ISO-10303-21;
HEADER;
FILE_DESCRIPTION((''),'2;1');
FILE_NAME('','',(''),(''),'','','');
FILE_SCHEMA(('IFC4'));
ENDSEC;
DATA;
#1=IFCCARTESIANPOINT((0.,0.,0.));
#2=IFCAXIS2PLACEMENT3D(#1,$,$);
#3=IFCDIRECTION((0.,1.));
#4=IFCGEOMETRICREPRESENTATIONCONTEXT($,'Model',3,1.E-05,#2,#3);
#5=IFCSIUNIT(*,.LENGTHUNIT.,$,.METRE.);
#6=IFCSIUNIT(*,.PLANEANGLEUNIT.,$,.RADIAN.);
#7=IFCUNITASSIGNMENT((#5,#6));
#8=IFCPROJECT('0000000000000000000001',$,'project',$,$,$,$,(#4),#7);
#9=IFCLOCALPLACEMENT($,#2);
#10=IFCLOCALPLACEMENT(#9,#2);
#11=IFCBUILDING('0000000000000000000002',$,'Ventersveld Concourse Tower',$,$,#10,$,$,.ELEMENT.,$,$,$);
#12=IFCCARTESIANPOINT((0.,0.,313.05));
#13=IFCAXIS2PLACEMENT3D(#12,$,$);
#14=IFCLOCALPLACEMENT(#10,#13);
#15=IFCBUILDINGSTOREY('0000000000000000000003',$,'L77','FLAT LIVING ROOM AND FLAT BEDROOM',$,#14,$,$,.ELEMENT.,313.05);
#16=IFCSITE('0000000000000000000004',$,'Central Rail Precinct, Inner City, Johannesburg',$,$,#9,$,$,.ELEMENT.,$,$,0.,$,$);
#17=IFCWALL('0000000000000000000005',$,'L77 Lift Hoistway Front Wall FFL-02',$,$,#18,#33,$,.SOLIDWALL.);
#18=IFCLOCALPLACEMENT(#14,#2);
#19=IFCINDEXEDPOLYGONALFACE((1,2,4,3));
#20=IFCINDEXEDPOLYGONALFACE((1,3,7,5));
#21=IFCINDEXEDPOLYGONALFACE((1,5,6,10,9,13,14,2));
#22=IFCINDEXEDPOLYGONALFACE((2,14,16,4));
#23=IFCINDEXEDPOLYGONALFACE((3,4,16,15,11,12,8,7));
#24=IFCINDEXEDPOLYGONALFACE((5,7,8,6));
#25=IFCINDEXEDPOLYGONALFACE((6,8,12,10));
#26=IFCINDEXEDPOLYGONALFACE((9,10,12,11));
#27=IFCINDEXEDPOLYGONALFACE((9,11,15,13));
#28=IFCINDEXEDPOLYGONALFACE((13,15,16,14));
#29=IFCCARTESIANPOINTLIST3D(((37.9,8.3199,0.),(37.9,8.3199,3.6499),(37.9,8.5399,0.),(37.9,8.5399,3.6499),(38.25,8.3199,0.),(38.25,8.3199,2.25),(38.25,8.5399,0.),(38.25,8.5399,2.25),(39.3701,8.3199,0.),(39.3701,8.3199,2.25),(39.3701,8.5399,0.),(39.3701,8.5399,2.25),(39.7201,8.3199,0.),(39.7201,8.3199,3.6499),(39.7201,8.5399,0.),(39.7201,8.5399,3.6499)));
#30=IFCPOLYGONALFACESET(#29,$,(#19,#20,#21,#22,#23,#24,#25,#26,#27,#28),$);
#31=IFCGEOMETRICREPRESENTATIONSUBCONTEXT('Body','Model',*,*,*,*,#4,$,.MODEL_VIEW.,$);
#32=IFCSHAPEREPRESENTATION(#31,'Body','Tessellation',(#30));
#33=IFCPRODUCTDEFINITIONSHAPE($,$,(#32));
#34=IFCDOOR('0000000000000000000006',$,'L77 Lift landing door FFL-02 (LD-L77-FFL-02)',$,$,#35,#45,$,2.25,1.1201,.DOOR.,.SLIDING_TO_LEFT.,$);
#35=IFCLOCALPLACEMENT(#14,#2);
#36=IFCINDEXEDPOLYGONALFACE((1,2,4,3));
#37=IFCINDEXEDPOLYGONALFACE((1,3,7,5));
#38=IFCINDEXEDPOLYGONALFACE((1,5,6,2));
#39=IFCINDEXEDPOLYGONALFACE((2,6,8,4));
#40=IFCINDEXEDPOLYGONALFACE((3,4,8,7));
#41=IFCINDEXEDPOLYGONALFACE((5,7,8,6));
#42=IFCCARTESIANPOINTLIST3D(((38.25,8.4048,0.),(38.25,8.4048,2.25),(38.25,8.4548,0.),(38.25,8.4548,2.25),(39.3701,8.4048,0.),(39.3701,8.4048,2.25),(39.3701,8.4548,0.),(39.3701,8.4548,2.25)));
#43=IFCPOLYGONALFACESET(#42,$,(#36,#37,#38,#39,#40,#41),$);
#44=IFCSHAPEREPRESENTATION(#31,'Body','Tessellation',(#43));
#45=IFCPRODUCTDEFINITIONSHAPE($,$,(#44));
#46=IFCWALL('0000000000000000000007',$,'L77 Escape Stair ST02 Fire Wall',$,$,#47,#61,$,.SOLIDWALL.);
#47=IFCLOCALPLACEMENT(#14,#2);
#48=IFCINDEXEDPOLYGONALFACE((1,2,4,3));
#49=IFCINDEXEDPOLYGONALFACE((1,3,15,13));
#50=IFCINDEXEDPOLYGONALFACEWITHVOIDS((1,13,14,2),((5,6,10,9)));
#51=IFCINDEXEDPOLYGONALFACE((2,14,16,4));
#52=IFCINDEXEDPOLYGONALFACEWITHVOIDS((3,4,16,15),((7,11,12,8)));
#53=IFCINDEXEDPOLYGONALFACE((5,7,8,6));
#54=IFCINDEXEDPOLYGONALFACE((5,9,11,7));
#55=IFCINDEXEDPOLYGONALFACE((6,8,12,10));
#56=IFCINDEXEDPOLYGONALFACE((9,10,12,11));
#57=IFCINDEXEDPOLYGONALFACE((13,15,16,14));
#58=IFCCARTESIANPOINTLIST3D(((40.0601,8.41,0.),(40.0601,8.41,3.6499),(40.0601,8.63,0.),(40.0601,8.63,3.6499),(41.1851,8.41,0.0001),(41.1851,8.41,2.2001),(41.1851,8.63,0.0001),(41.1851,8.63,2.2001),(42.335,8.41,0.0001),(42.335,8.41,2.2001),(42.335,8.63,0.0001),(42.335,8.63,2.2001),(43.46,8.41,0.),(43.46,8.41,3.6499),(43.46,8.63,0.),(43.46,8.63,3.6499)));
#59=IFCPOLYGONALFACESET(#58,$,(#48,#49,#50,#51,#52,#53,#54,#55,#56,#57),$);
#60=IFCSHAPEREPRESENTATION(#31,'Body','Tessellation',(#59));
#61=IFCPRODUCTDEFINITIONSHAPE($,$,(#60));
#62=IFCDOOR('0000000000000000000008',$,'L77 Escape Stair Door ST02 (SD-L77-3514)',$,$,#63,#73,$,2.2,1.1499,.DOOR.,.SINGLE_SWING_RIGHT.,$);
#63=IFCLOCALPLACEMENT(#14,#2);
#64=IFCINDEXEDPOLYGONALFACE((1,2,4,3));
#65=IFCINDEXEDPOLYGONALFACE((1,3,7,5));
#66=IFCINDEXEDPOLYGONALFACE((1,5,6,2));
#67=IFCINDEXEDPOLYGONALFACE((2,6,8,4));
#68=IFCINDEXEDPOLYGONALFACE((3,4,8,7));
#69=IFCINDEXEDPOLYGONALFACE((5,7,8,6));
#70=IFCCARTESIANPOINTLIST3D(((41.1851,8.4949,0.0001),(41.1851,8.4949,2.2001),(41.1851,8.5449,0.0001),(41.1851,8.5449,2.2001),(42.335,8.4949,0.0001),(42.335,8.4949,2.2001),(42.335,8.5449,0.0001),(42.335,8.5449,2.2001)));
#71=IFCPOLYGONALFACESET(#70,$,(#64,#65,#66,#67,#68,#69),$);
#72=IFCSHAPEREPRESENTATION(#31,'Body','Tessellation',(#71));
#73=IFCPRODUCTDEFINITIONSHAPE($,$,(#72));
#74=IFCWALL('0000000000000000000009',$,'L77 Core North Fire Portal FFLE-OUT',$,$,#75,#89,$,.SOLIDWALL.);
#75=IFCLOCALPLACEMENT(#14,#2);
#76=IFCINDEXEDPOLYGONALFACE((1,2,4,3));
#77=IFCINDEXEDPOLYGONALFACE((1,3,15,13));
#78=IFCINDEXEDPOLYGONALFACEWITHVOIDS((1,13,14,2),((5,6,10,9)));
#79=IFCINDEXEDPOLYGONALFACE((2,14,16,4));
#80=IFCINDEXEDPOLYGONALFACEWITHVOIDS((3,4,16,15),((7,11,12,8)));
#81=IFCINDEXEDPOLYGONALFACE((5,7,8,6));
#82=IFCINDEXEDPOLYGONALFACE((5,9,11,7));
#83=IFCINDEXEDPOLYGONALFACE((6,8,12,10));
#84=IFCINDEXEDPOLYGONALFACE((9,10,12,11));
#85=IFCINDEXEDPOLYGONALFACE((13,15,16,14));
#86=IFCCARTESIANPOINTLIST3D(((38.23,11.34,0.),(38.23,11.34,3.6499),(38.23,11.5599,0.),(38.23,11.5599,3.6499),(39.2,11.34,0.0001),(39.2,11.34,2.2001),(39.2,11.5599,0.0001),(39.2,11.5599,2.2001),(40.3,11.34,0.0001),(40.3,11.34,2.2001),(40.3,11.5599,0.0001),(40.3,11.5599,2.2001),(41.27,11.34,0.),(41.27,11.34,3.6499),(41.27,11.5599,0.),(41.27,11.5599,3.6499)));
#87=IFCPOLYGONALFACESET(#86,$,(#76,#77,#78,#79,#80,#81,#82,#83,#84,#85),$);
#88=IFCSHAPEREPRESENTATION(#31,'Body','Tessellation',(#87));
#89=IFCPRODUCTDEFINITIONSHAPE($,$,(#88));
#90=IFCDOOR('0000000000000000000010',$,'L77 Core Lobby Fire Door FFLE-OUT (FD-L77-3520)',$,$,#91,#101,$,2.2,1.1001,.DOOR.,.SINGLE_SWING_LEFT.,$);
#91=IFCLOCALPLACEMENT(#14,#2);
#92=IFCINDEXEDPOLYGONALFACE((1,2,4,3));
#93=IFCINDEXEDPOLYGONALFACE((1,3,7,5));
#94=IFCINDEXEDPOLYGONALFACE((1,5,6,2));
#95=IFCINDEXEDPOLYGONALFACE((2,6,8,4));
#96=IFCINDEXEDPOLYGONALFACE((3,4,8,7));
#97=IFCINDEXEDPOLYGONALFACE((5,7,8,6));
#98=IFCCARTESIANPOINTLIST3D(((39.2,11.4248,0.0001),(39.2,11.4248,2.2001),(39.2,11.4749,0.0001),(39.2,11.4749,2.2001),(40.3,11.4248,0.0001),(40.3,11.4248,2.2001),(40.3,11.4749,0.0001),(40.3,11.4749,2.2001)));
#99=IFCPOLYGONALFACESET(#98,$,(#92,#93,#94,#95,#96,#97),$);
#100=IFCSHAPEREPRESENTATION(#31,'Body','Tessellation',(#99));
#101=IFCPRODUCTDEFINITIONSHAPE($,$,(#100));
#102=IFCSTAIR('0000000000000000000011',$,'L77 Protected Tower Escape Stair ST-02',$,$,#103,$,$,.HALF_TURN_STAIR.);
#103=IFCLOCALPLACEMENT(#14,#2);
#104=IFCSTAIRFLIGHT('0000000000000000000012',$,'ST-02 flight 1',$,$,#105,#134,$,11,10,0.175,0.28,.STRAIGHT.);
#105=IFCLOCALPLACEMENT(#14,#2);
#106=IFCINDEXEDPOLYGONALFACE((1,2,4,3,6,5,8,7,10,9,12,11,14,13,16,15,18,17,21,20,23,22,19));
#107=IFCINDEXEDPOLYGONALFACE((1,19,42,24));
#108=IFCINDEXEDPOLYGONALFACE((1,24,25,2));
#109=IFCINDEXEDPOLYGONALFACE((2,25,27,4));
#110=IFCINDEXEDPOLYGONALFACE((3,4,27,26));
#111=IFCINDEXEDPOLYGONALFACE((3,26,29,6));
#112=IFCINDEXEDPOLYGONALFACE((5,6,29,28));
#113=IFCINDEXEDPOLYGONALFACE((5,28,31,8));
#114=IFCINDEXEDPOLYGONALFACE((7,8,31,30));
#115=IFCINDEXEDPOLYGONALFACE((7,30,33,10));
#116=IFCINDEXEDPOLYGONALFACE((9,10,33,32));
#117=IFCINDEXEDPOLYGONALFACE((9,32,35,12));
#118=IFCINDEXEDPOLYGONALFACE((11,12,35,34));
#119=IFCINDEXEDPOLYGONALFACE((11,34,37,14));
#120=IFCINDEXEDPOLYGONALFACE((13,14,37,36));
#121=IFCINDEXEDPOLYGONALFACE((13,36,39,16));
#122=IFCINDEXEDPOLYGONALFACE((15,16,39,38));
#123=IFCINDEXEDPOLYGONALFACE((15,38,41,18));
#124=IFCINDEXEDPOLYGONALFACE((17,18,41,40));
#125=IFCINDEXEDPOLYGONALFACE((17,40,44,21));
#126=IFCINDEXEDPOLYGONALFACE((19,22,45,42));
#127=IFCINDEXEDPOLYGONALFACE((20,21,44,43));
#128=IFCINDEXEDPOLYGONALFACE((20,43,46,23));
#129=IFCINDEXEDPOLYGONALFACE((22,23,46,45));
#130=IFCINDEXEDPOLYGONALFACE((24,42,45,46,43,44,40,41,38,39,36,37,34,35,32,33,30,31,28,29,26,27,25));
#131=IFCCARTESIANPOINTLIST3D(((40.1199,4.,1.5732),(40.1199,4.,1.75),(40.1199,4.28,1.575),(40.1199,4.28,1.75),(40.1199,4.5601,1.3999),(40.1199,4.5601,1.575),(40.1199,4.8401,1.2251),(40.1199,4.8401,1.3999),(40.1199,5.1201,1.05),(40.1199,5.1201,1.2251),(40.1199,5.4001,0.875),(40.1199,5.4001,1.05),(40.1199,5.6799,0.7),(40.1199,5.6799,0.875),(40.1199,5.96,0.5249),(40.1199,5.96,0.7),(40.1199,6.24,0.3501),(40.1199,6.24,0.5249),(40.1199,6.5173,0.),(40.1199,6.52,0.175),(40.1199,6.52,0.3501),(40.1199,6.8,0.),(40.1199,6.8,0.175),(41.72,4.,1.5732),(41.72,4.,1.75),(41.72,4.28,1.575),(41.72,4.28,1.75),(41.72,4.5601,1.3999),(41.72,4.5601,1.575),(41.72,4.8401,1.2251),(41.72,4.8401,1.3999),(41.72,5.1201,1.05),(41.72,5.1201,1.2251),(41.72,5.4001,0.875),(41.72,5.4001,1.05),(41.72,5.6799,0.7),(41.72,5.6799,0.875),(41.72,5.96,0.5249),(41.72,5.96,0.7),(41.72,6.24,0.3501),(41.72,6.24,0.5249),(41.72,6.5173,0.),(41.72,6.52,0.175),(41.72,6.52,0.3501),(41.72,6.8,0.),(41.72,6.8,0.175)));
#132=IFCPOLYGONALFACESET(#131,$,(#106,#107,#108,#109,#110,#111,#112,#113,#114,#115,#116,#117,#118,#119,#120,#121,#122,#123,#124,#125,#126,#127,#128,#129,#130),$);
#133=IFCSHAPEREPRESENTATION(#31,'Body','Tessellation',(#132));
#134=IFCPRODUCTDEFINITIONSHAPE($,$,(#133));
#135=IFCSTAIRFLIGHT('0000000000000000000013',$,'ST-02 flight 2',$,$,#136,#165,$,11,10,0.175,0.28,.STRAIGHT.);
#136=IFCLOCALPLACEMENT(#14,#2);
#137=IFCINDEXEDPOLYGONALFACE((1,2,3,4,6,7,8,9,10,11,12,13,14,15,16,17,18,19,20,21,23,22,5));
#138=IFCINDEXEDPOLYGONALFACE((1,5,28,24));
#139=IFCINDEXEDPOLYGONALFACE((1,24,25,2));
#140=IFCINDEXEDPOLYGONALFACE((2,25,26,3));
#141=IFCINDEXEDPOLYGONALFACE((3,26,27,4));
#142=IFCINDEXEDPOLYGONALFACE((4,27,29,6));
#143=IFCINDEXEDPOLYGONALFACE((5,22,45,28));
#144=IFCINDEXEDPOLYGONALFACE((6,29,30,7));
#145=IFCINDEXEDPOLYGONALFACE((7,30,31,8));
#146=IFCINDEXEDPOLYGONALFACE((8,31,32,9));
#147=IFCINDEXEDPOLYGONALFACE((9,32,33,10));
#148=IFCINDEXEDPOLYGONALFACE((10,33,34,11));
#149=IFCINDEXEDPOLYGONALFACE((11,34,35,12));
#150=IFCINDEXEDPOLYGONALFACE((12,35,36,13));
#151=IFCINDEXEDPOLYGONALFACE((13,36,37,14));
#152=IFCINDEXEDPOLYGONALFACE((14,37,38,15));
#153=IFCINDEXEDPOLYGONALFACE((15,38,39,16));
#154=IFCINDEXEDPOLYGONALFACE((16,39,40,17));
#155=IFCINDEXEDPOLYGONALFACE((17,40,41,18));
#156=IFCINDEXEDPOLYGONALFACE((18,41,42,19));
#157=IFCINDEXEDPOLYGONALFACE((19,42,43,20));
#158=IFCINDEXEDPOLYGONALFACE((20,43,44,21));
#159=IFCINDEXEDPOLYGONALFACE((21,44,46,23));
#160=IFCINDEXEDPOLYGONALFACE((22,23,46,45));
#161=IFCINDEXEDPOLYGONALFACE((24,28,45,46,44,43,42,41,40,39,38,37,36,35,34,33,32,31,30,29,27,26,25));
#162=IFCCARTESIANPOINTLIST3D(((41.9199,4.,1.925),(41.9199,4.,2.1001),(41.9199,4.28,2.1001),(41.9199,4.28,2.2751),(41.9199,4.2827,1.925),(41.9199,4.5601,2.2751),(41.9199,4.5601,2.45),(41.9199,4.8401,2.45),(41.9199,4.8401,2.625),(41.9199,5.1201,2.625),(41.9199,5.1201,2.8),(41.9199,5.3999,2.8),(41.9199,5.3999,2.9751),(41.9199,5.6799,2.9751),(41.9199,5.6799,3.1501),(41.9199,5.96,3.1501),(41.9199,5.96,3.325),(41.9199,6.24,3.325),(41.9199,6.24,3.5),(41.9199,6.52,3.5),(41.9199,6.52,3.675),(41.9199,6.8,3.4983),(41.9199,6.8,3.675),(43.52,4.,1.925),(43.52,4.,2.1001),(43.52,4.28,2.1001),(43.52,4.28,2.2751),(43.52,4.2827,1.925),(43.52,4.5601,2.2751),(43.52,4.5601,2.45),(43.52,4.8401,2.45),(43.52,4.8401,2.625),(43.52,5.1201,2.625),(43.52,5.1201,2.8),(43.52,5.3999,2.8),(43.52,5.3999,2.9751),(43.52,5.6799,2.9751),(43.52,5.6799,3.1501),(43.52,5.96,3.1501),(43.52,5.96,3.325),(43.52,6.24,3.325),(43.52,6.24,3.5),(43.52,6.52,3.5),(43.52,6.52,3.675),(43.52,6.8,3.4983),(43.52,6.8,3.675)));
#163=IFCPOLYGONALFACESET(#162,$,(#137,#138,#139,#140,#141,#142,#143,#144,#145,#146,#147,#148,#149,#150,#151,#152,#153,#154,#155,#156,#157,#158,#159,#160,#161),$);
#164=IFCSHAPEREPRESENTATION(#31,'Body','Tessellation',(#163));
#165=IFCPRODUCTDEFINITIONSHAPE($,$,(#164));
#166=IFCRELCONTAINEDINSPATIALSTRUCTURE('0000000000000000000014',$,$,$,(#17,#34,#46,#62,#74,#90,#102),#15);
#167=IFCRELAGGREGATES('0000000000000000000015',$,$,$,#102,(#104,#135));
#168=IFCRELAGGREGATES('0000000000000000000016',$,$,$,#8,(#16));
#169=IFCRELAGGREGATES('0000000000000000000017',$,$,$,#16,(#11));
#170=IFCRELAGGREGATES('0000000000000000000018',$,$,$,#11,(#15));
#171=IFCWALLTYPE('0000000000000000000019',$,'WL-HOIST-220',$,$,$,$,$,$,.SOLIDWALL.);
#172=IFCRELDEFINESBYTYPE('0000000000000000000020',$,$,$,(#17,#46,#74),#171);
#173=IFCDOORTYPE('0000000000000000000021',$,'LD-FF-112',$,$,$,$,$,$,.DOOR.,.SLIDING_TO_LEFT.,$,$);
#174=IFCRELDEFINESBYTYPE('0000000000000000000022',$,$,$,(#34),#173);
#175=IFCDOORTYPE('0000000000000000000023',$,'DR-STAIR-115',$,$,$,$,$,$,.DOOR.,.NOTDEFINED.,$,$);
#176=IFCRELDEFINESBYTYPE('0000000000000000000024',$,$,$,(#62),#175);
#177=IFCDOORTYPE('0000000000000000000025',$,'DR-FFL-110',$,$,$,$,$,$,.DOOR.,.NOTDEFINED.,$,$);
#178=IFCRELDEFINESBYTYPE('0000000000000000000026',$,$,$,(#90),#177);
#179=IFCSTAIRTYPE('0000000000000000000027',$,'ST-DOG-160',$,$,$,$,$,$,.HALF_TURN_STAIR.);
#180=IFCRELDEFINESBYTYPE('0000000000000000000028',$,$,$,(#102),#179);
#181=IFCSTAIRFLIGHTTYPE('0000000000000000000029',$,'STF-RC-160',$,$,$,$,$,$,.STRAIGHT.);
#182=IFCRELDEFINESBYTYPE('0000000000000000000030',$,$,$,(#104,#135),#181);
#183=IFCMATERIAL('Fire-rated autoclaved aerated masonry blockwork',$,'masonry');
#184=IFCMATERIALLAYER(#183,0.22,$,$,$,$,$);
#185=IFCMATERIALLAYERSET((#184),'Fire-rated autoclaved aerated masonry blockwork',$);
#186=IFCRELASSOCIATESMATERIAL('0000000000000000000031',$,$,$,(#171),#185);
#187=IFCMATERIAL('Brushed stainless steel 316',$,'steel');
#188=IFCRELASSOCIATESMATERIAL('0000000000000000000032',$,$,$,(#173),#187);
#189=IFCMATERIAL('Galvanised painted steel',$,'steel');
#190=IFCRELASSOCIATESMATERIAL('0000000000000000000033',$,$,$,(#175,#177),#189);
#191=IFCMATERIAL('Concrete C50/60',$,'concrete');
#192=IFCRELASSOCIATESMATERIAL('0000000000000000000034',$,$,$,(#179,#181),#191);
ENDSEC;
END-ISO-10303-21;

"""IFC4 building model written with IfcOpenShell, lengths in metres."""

from ifc_helpers import new_model, si_unit, direction, frame, frame_2d, origin, place, context, subcontext, project, spatial, polyline, rectangle, outline, extrude, material, layer, layer_set, type_object, element, fill, aggregate, save


model = new_model("IFC4")

# Units and contexts
model_context = context("Model", 3, precision=1e-05, world=origin(), true_north=direction((0.0, 1.0)))
body_context = subcontext(model_context, "Body", "Model", "MODEL_VIEW")
ifc_project = project(units=[si_unit("LENGTHUNIT", "METRE"), si_unit("PLANEANGLEUNIT", "RADIAN")], contexts=[model_context])

# Site, building, storey
site_placement = place(None, origin())
site = spatial("IfcSite", under=ifc_project, at=site_placement, Name="Central Rail Precinct, Inner City, Johannesburg", CompositionType="ELEMENT", RefElevation=0.0)
building_placement = place(site_placement, origin())
building = spatial("IfcBuilding", under=site, at=building_placement, Name="Ventersveld Concourse Tower", CompositionType="ELEMENT")
storey_placement = place(building_placement, frame((0.0, 0.0, 313.05)))
storey = spatial("IfcBuildingStorey", under=building, at=storey_placement, Name="L77", Description="FLAT LIVING ROOM AND FLAT BEDROOM", CompositionType="ELEMENT", Elevation=313.05)

# Shared definitions
ifc_material_1 = material(Name="Concrete C50/60", Category="concrete")

# Shared definitions
ifc_material_2 = material(Name="Fire-rated autoclaved aerated masonry blockwork", Category="masonry")
ifc_layer_1 = layer(ifc_material_2, 0.22)
ifc_layer_set_1 = layer_set([ifc_layer_1], Name="Fire-rated autoclaved aerated masonry blockwork")
wall_type_1 = type_object("IfcWallType", Name="WL-HOIST-220", PredefinedType="SOLIDWALL", material=ifc_layer_set_1)

# Walls, openings, doors
wall_1_placement = place(storey_placement, frame((37.8999, 8.4299, 0.0), z_axis=(0.0, 0.0, 1.0), x_axis=(1.0, 0.0, 0.0)))
wall_1 = element("IfcWall", 1, at=wall_1_placement, inside=storey, type_object=wall_type_1, Name="L77 Lift Hoistway Front Wall FFL-02", PredefinedType="SOLIDWALL", context=body_context, shape_type="SweptSolid", body=[
    extrude(rectangle(XDim=1.8201, YDim=0.22, at=frame_2d((0.9102, 0.0))), origin(), (0.0, 0.0, 1.0), 3.6499),
])
opening_1_placement = place(wall_1_placement, frame((0.3501, 0.0, 0.0)))
opening_1 = element("IfcOpeningElement", 2, at=opening_1_placement, cuts=wall_1, PredefinedType="OPENING", context=body_context, shape_type="SweptSolid", body=[
    extrude(rectangle(XDim=1.1201, YDim=2.25, at=frame_2d((0.5601, 1.125))), frame((0.0, 0.1201, 0.0), z_axis=(0.0, -1.0, 0.0), x_axis=(1.0, 0.0, 0.0)), (0.0, 0.0, 1.0), 0.24),
])
ifc_material_3 = material(Name="Brushed stainless steel 316", Category="steel")
door_type_1 = type_object("IfcDoorType", Name="LD-FF-112", OperationType="SLIDING_TO_LEFT", PredefinedType="DOOR", material=ifc_material_3)
door_1_placement = place(opening_1_placement, origin())
door_1 = element("IfcDoor", 3, at=door_1_placement, inside=storey, type_object=door_type_1, Name="L77 Lift landing door FFL-02 (LD-L77-FFL-02)", OperationType="SLIDING_TO_LEFT", OverallHeight=2.25, OverallWidth=1.1201, PredefinedType="DOOR", context=body_context, shape_type="SweptSolid", body=[
    extrude(rectangle(XDim=1.1201, YDim=2.25, at=frame_2d((0.5601, 1.125))), frame((0.0, 0.0249, 0.0), z_axis=(0.0, -1.0, 0.0), x_axis=(1.0, 0.0, 0.0)), (0.0, 0.0, 1.0), 0.05),
])
fill(opening_1, door_1)
wall_2_placement = place(storey_placement, frame((40.0601, 8.52, 0.0), z_axis=(0.0, 0.0, 1.0), x_axis=(1.0, 0.0, 0.0)))
wall_2 = element("IfcWall", 4, at=wall_2_placement, inside=storey, type_object=wall_type_1, Name="L77 Escape Stair ST02 Fire Wall", PredefinedType="SOLIDWALL", context=body_context, shape_type="SweptSolid", body=[
    extrude(rectangle(XDim=3.3999, YDim=0.22, at=frame_2d((1.7, 0.0))), origin(), (0.0, 0.0, 1.0), 3.6499),
])
opening_2_placement = place(wall_2_placement, frame((1.125, 0.0, 0.0)))
opening_2 = element("IfcOpeningElement", 5, at=opening_2_placement, cuts=wall_2, PredefinedType="OPENING", context=body_context, shape_type="SweptSolid", body=[
    extrude(rectangle(XDim=1.1499, YDim=2.2, at=frame_2d((0.575, 1.1001))), frame((0.0, 0.1201, 0.0), z_axis=(0.0, -1.0, 0.0), x_axis=(1.0, 0.0, 0.0)), (0.0, 0.0, 1.0), 0.24),
])
ifc_material_4 = material(Name="Galvanised painted steel", Category="steel")
door_type_2 = type_object("IfcDoorType", Name="DR-STAIR-115", OperationType="NOTDEFINED", PredefinedType="DOOR", material=ifc_material_4)
door_2_placement = place(opening_2_placement, origin())
door_2 = element("IfcDoor", 6, at=door_2_placement, inside=storey, type_object=door_type_2, Name="L77 Escape Stair Door ST02 (SD-L77-3514)", OperationType="SINGLE_SWING_RIGHT", OverallHeight=2.2, OverallWidth=1.1499, PredefinedType="DOOR", context=body_context, shape_type="SweptSolid", body=[
    extrude(rectangle(XDim=1.1499, YDim=2.2, at=frame_2d((0.575, 1.1001))), frame((0.0, 0.0249, 0.0), z_axis=(0.0, -1.0, 0.0), x_axis=(1.0, 0.0, 0.0)), (0.0, 0.0, 1.0), 0.05),
])
fill(opening_2, door_2)
wall_3_placement = place(storey_placement, frame((38.23, 11.45, 0.0), z_axis=(0.0, 0.0, 1.0), x_axis=(1.0, 0.0, 0.0)))
wall_3 = element("IfcWall", 7, at=wall_3_placement, inside=storey, type_object=wall_type_1, Name="L77 Core North Fire Portal FFLE-OUT", PredefinedType="SOLIDWALL", context=body_context, shape_type="SweptSolid", body=[
    extrude(rectangle(XDim=3.04, YDim=0.22, at=frame_2d((1.52, 0.0))), origin(), (0.0, 0.0, 1.0), 3.6499),
])
opening_3_placement = place(wall_3_placement, frame((0.97, 0.0, 0.0)))
opening_3 = element("IfcOpeningElement", 8, at=opening_3_placement, cuts=wall_3, PredefinedType="OPENING", context=body_context, shape_type="SweptSolid", body=[
    extrude(rectangle(XDim=1.1001, YDim=2.2, at=frame_2d((0.55, 1.1001))), frame((0.0, 0.1201, 0.0), z_axis=(0.0, -1.0, 0.0), x_axis=(1.0, 0.0, 0.0)), (0.0, 0.0, 1.0), 0.24),
])
door_type_3 = type_object("IfcDoorType", Name="DR-FFL-110", OperationType="NOTDEFINED", PredefinedType="DOOR", material=ifc_material_4)
door_3_placement = place(opening_3_placement, origin())
door_3 = element("IfcDoor", 9, at=door_3_placement, inside=storey, type_object=door_type_3, Name="L77 Core Lobby Fire Door FFLE-OUT (FD-L77-3520)", OperationType="SINGLE_SWING_LEFT", OverallHeight=2.2, OverallWidth=1.1001, PredefinedType="DOOR", context=body_context, shape_type="SweptSolid", body=[
    extrude(rectangle(XDim=1.1001, YDim=2.2, at=frame_2d((0.55, 1.1001))), frame((0.0, 0.0249, 0.0), z_axis=(0.0, -1.0, 0.0), x_axis=(1.0, 0.0, 0.0)), (0.0, 0.0, 1.0), 0.05),
])
fill(opening_3, door_3)

# Stair, stair flights
stair_type = type_object("IfcStairType", Name="ST-DOG-160", PredefinedType="HALF_TURN_STAIR", material=ifc_material_1)
stair_placement = place(storey_placement, origin())
stair = element("IfcStair", 10, at=stair_placement, inside=storey, type_object=stair_type, Name="L77 Protected Tower Escape Stair ST-02", PredefinedType="HALF_TURN_STAIR")
stair_flight_type = type_object("IfcStairFlightType", Name="STF-RC-160", PredefinedType="STRAIGHT", material=ifc_material_1)
stair_flight_1_placement = place(storey_placement, frame((40.9199, 6.8, 0.0), z_axis=(0.0, 0.0, 1.0), x_axis=(0.0, -1.0, 0.0)))
stair_flight_1 = element("IfcStairFlight", 11, at=stair_flight_1_placement, type_object=stair_flight_type, Name="ST-02 flight 1", NumberOfRisers=11, NumberOfTreads=10, PredefinedType="STRAIGHT", RiserHeight=0.175, TreadLength=0.28, context=body_context, shape_type="SweptSolid", body=[
    extrude(outline(polyline([(0.0, 0.0), (0.0, 0.175), (0.28, 0.175), (0.28, 0.3501), (0.5601, 0.3501), (0.5601, 0.5249), (0.8401, 0.5249), (0.8401, 0.7), (1.1201, 0.7), (1.1201, 0.875), (1.3999, 0.875), (1.3999, 1.05), (1.6799, 1.05), (1.6799, 1.2251), (1.96, 1.2251), (1.96, 1.3999), (2.24, 1.3999), (2.24, 1.575), (2.52, 1.575), (2.52, 1.75), (2.8, 1.75), (2.8, 1.925), (2.8, 1.5732), (0.2827, 0.0), (0.0, 0.0)])), frame((0.0, 0.8, 0.0), z_axis=(0.0, -1.0, 0.0), x_axis=(1.0, 0.0, 0.0)), (0.0, 0.0, 1.0), 1.6001),
])
stair_flight_2_placement = place(storey_placement, frame((42.72, 4.0, 1.925), z_axis=(0.0, 0.0, 1.0), x_axis=(0.0, 1.0, 0.0)))
stair_flight_2 = element("IfcStairFlight", 12, at=stair_flight_2_placement, type_object=stair_flight_type, Name="ST-02 flight 2", NumberOfRisers=11, NumberOfTreads=10, PredefinedType="STRAIGHT", RiserHeight=0.175, TreadLength=0.28, context=body_context, shape_type="SweptSolid", body=[
    extrude(outline(polyline([(0.0, 0.0), (0.0, 0.175), (0.28, 0.175), (0.28, 0.3501), (0.5601, 0.3501), (0.5601, 0.5249), (0.8401, 0.5249), (0.8401, 0.7), (1.1201, 0.7), (1.1201, 0.875), (1.3999, 0.875), (1.3999, 1.05), (1.6799, 1.05), (1.6799, 1.2251), (1.96, 1.2251), (1.96, 1.3999), (2.24, 1.3999), (2.24, 1.575), (2.52, 1.575), (2.52, 1.75), (2.8, 1.75), (2.8, 1.925), (2.8, 1.5732), (0.2827, 0.0), (0.0, 0.0)])), frame((0.0, 0.8, 0.0), z_axis=(0.0, -1.0, 0.0), x_axis=(1.0, 0.0, 0.0)), (0.0, 0.0, 1.0), 1.6001),
])
aggregate(stair, [stair_flight_1, stair_flight_2])

save(model, "model.ifc")
